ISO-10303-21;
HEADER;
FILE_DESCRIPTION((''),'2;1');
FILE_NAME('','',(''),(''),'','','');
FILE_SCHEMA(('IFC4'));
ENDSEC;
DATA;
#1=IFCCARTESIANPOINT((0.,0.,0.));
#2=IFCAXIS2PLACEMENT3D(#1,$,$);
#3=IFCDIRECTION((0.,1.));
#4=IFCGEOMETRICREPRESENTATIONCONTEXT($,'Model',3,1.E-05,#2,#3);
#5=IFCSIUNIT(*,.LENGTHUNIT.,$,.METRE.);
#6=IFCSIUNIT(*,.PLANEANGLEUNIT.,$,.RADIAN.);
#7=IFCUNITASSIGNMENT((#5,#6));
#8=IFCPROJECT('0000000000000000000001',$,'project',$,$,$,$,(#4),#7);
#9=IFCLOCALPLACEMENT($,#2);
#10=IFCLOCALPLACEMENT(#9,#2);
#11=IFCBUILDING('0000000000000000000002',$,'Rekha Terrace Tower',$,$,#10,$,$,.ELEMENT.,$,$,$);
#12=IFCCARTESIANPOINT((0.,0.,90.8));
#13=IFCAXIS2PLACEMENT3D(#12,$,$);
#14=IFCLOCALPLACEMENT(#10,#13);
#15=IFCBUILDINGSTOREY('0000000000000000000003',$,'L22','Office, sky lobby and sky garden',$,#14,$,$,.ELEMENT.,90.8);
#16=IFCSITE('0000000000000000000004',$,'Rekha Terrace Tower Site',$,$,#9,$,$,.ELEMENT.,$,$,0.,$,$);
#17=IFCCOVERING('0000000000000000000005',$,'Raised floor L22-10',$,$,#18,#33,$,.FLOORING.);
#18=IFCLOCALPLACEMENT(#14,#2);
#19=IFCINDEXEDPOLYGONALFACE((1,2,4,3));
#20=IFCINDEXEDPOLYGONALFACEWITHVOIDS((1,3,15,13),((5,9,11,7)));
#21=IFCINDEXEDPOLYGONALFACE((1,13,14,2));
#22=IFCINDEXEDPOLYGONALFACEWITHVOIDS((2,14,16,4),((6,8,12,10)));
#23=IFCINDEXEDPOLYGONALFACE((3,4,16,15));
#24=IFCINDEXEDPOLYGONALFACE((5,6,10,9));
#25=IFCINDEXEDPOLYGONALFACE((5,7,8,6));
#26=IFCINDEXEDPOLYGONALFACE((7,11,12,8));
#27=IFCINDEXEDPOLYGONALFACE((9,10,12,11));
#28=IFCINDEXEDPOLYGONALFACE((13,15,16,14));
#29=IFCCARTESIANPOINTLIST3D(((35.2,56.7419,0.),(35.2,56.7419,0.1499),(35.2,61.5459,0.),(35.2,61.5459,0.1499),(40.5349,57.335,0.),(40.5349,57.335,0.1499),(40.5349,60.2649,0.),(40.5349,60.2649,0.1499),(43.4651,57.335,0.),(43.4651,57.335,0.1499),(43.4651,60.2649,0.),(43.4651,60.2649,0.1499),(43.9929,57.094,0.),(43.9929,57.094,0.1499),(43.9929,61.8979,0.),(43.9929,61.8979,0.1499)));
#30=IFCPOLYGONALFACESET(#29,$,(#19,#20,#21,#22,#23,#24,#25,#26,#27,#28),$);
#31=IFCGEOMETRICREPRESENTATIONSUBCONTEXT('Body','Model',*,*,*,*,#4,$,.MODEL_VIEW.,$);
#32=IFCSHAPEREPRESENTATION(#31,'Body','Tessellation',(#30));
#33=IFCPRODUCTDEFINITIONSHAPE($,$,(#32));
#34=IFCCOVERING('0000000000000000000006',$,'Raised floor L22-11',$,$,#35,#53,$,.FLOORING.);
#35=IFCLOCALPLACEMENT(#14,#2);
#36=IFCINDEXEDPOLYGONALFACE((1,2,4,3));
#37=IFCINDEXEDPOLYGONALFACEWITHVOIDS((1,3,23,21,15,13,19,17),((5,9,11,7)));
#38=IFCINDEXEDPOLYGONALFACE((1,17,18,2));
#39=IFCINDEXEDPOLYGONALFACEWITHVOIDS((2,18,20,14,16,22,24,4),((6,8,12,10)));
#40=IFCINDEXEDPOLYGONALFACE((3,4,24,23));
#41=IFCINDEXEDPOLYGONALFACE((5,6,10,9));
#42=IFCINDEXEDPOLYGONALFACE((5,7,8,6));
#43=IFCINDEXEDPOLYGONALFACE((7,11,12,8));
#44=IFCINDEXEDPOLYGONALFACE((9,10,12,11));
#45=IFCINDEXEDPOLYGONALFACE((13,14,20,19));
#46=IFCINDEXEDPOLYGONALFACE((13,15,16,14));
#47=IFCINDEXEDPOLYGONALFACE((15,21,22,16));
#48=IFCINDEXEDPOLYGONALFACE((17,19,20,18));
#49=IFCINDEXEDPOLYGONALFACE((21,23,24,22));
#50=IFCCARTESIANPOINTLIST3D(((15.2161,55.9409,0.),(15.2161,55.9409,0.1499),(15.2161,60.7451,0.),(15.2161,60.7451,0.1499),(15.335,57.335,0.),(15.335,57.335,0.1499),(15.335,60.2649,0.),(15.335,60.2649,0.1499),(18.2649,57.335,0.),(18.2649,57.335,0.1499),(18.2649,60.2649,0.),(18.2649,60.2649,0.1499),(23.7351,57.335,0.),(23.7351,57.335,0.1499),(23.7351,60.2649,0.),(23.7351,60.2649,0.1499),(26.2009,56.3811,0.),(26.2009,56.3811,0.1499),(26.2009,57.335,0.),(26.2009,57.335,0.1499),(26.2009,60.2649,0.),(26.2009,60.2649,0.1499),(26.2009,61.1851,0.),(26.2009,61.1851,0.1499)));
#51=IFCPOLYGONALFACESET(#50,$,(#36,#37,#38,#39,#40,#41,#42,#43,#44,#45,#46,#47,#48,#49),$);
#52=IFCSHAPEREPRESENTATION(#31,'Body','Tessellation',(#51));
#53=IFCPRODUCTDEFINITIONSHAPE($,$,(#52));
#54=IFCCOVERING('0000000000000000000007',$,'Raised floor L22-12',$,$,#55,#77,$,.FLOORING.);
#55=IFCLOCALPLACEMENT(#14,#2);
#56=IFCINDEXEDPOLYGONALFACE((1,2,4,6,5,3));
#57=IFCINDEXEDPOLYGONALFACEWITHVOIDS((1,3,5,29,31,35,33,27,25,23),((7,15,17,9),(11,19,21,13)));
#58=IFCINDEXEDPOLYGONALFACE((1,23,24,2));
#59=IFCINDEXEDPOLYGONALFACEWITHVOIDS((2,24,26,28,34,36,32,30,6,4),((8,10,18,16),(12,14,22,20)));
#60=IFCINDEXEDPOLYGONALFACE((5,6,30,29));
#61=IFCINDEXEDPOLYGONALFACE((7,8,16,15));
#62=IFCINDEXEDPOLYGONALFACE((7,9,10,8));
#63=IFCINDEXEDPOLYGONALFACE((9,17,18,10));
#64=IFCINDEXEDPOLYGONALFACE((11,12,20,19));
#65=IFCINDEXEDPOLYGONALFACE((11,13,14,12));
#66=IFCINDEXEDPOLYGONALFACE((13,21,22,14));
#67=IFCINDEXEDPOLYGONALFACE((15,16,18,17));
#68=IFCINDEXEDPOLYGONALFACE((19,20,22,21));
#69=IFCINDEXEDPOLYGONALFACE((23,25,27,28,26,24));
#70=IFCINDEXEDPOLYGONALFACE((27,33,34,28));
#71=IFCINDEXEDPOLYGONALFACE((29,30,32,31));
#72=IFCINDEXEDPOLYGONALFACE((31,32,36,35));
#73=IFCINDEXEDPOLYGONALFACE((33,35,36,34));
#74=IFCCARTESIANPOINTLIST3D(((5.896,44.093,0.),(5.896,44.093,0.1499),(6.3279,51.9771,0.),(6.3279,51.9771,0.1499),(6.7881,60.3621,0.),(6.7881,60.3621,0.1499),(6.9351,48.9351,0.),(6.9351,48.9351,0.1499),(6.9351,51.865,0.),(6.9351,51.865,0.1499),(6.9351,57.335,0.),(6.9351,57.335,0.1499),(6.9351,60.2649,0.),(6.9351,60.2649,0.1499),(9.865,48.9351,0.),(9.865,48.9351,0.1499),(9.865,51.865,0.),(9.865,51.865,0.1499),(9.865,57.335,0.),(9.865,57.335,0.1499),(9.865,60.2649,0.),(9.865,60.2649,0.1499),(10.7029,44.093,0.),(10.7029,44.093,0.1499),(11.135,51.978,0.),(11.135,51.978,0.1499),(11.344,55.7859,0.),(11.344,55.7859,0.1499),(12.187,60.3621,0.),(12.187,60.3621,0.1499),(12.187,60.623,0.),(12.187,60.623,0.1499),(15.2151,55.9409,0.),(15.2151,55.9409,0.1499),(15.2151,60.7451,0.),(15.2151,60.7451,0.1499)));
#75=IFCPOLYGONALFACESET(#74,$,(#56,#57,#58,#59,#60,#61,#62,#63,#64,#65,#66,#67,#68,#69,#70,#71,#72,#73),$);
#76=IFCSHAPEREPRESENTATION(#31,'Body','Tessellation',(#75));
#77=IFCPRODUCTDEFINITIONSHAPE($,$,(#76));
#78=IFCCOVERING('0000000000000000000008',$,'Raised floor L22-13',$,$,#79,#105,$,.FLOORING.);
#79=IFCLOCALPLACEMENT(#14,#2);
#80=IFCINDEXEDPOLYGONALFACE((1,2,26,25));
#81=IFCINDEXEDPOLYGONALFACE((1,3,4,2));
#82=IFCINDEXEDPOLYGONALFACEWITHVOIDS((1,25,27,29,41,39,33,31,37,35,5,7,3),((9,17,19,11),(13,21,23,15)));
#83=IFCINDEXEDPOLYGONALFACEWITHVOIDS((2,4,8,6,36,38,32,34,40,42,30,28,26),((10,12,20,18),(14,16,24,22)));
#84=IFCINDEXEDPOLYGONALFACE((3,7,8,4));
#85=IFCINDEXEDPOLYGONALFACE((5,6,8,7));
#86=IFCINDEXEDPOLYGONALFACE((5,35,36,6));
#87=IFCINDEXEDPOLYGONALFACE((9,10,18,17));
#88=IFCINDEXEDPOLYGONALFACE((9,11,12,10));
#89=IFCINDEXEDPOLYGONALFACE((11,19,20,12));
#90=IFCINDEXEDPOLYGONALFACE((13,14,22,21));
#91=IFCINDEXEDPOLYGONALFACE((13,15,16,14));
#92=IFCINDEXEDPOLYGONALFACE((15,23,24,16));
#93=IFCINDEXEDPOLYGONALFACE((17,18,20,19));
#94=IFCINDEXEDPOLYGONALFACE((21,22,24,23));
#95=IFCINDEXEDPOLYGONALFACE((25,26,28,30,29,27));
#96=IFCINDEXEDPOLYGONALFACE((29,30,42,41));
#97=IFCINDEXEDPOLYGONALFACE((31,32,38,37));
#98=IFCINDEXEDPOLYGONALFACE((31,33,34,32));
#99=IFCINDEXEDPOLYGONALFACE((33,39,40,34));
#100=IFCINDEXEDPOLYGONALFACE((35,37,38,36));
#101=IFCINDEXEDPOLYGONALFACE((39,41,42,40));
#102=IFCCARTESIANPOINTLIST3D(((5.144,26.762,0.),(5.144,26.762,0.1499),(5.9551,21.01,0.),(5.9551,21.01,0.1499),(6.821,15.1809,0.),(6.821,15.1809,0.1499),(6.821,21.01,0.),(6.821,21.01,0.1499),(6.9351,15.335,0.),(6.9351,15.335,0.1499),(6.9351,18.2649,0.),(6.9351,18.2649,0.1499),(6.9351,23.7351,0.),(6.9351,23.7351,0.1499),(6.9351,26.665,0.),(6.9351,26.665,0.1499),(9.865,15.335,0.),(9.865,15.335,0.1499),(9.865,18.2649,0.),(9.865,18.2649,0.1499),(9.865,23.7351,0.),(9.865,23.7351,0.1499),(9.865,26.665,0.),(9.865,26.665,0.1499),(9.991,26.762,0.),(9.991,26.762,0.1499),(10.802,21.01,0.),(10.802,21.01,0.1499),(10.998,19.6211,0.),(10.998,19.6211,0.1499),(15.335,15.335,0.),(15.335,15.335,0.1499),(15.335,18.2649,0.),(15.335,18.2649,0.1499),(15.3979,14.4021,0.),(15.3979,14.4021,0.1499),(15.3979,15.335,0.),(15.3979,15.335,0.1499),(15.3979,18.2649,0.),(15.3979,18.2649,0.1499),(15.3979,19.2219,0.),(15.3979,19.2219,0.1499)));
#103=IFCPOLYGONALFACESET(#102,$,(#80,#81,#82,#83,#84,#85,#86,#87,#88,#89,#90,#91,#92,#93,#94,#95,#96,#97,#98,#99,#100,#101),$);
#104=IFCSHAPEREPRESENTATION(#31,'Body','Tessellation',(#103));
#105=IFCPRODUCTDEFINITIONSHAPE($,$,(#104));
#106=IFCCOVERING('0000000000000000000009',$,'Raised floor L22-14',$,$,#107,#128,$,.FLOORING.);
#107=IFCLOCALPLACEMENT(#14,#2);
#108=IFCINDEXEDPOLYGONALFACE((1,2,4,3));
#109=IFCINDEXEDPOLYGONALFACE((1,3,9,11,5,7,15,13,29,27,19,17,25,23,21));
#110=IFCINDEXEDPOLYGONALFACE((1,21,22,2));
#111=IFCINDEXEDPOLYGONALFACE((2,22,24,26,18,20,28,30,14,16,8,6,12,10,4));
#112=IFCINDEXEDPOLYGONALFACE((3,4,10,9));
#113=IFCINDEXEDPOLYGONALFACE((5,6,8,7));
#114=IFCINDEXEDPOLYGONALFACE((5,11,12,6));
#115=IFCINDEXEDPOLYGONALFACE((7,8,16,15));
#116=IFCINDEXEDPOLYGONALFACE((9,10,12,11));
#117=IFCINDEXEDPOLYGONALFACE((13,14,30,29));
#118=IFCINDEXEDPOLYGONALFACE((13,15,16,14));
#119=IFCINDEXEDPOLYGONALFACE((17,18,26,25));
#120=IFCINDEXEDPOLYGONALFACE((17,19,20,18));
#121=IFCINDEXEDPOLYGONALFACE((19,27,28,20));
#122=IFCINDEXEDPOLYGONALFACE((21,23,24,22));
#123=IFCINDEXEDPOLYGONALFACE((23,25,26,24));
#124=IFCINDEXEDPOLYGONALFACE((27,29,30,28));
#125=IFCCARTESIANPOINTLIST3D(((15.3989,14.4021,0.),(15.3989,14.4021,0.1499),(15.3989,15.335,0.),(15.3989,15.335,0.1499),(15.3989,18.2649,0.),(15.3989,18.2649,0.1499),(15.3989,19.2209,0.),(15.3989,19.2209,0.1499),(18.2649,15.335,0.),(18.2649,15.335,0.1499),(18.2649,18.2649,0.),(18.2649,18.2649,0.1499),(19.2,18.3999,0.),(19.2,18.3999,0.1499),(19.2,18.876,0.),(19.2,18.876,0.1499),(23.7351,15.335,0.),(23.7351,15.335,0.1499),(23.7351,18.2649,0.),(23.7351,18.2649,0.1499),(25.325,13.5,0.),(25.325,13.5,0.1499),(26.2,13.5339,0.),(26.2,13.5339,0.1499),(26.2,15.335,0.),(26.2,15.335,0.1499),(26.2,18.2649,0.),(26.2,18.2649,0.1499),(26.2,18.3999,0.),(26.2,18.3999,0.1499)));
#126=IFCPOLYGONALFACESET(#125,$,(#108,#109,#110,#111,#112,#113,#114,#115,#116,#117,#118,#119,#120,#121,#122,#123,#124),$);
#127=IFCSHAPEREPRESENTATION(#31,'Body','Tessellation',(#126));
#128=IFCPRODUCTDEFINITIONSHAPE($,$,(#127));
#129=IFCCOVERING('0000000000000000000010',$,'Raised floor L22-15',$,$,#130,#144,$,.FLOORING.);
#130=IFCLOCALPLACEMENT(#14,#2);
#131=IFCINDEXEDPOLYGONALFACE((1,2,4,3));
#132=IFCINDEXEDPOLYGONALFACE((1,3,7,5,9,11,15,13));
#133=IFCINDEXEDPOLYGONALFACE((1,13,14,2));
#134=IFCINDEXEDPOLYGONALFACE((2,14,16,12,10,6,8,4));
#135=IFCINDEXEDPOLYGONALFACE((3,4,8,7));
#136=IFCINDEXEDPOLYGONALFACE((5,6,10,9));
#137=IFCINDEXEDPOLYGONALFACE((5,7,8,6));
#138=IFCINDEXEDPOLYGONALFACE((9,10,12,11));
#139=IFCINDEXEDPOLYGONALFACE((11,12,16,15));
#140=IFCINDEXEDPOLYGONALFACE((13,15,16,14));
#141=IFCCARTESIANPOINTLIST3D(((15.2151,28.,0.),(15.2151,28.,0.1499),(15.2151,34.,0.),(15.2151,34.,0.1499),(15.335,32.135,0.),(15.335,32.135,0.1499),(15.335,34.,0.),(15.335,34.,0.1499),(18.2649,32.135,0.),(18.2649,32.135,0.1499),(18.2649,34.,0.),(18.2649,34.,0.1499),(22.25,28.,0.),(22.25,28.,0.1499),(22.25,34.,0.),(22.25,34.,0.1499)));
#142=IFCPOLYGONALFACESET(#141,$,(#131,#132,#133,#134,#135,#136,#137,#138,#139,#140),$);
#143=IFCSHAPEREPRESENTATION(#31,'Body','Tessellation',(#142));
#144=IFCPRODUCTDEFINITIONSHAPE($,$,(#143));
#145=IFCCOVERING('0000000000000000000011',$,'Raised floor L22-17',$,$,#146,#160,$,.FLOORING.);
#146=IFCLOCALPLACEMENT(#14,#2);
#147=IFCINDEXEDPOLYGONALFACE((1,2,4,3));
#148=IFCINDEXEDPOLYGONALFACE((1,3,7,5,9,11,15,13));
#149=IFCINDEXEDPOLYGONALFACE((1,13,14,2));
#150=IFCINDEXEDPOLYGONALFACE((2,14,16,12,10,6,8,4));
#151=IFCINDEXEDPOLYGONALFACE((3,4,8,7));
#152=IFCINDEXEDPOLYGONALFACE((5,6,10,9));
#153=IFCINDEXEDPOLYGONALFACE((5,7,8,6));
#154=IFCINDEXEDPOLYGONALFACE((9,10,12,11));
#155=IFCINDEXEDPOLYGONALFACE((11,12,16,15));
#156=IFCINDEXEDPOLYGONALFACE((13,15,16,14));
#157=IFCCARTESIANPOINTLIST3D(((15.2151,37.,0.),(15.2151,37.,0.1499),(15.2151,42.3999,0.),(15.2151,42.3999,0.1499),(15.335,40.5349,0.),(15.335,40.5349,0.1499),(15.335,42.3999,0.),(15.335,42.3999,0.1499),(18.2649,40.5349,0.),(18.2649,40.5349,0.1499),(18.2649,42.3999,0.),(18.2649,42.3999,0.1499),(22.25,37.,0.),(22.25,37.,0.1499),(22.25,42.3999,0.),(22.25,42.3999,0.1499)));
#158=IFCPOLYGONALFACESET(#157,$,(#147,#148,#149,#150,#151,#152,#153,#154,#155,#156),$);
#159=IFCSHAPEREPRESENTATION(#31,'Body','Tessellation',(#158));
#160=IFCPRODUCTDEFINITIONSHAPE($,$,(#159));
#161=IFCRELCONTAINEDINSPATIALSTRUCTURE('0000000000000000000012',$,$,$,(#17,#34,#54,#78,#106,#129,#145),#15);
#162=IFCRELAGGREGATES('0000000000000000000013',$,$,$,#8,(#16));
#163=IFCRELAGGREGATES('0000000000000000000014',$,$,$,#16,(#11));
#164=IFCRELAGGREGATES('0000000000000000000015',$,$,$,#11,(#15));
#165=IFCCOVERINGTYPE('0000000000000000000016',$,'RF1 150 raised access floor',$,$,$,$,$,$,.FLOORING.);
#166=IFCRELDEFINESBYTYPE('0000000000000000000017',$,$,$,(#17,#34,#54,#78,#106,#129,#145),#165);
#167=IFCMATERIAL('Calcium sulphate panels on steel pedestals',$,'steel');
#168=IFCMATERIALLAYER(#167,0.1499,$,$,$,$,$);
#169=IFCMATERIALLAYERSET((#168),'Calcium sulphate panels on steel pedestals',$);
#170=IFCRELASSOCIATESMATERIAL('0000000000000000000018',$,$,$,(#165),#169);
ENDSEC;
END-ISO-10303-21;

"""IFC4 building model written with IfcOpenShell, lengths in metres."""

from ifc_helpers import new_model, si_unit, direction, frame, origin, place, context, subcontext, project, spatial, polyline, outline, extrude, material, layer, layer_set, type_object, element, save


model = new_model("IFC4")

# Units and contexts
model_context = context("Model", 3, precision=1e-05, world=origin(), true_north=direction((0.0, 1.0)))
body_context = subcontext(model_context, "Body", "Model", "MODEL_VIEW")
ifc_project = project(units=[si_unit("LENGTHUNIT", "METRE"), si_unit("PLANEANGLEUNIT", "RADIAN")], contexts=[model_context])

# Site, building, storey
site_placement = place(None, origin())
site = spatial("IfcSite", under=ifc_project, at=site_placement, Name="Rekha Terrace Tower Site", CompositionType="ELEMENT", RefElevation=0.0)
building_placement = place(site_placement, origin())
building = spatial("IfcBuilding", under=site, at=building_placement, Name="Rekha Terrace Tower", CompositionType="ELEMENT")
storey_placement = place(building_placement, frame((0.0, 0.0, 90.8)))
storey = spatial("IfcBuildingStorey", under=building, at=storey_placement, Name="L22", Description="Office, sky lobby and sky garden", CompositionType="ELEMENT", Elevation=90.8)

# Coverings
ifc_material_1 = material(Name="Calcium sulphate panels on steel pedestals", Category="steel")
ifc_layer_1 = layer(ifc_material_1, 0.1499)
ifc_layer_set_1 = layer_set([ifc_layer_1], Name="Calcium sulphate panels on steel pedestals")
covering_type_1 = type_object("IfcCoveringType", Name="RF1 150 raised access floor", PredefinedType="FLOORING", material=ifc_layer_set_1)
covering_1_placement = place(storey_placement, origin())
element("IfcCovering", 1, at=covering_1_placement, inside=storey, type_object=covering_type_1, Name="Raised floor L22-10", PredefinedType="FLOORING", context=body_context, shape_type="SweptSolid", body=[
    extrude(outline(polyline([(43.9929, 61.8979), (35.2, 61.5459), (35.2, 56.7419), (43.9929, 57.094), (43.9929, 61.8979)]), holes=[polyline([(43.4651, 57.335), (40.5349, 57.335), (40.5349, 60.2649), (43.4651, 60.2649), (43.4651, 57.335)])]), origin(), (0.0, 0.0, 1.0), 0.1499),
])
covering_2_placement = place(storey_placement, origin())
element("IfcCovering", 2, at=covering_2_placement, inside=storey, type_object=covering_type_1, Name="Raised floor L22-11", PredefinedType="FLOORING", context=body_context, shape_type="SweptSolid", body=[
    extrude(outline(polyline([(15.2161, 60.7451), (15.2161, 55.9409), (26.2009, 56.3811), (26.2009, 57.335), (23.7351, 57.335), (23.7351, 60.2649), (26.2009, 60.2649), (26.2009, 61.1851), (15.2161, 60.7451)]), holes=[polyline([(18.2649, 57.335), (15.335, 57.335), (15.335, 60.2649), (18.2649, 60.2649), (18.2649, 57.335)])]), origin(), (0.0, 0.0, 1.0), 0.1499),
])
covering_3_placement = place(storey_placement, origin())
element("IfcCovering", 3, at=covering_3_placement, inside=storey, type_object=covering_type_1, Name="Raised floor L22-12", PredefinedType="FLOORING", context=body_context, shape_type="SweptSolid", body=[
    extrude(outline(polyline([(12.187, 60.623), (12.187, 60.3621), (6.7881, 60.3621), (6.3279, 51.9771), (5.896, 44.093), (10.7029, 44.093), (11.135, 51.978), (11.344, 55.7859), (15.2151, 55.9409), (15.2151, 60.7451), (12.187, 60.623)]), holes=[polyline([(9.865, 51.865), (9.865, 48.9351), (6.9351, 48.9351), (6.9351, 51.865), (9.865, 51.865)]), polyline([(9.865, 60.2649), (9.865, 57.335), (6.9351, 57.335), (6.9351, 60.2649), (9.865, 60.2649)])]), origin(), (0.0, 0.0, 1.0), 0.1499),
])
covering_4_placement = place(storey_placement, origin())
element("IfcCovering", 4, at=covering_4_placement, inside=storey, type_object=covering_type_1, Name="Raised floor L22-13", PredefinedType="FLOORING", context=body_context, shape_type="SweptSolid", body=[
    extrude(outline(polyline([(10.998, 19.6211), (10.802, 21.01), (9.991, 26.762), (5.144, 26.762), (5.9551, 21.01), (6.821, 21.01), (6.821, 15.1809), (15.3979, 14.4021), (15.3979, 15.335), (15.335, 15.335), (15.335, 18.2649), (15.3979, 18.2649), (15.3979, 19.2219), (10.998, 19.6211)]), holes=[polyline([(9.865, 15.335), (6.9351, 15.335), (6.9351, 18.2649), (9.865, 18.2649), (9.865, 15.335)]), polyline([(9.865, 23.7351), (6.9351, 23.7351), (6.9351, 26.665), (9.865, 26.665), (9.865, 23.7351)])]), origin(), (0.0, 0.0, 1.0), 0.1499),
])
covering_5_placement = place(storey_placement, origin())
element("IfcCovering", 5, at=covering_5_placement, inside=storey, type_object=covering_type_1, Name="Raised floor L22-14", PredefinedType="FLOORING", context=body_context, shape_type="SweptSolid", body=[
    extrude(outline(polyline([(15.3989, 14.4021), (25.325, 13.5), (26.2, 13.5339), (26.2, 15.335), (23.7351, 15.335), (23.7351, 18.2649), (26.2, 18.2649), (26.2, 18.3999), (19.2, 18.3999), (19.2, 18.876), (15.3989, 19.2209), (15.3989, 18.2649), (18.2649, 18.2649), (18.2649, 15.335), (15.3989, 15.335), (15.3989, 14.4021)])), origin(), (0.0, 0.0, 1.0), 0.1499),
])
covering_6_placement = place(storey_placement, origin())
element("IfcCovering", 6, at=covering_6_placement, inside=storey, type_object=covering_type_1, Name="Raised floor L22-15", PredefinedType="FLOORING", context=body_context, shape_type="SweptSolid", body=[
    extrude(outline(polyline([(15.335, 34.0), (15.2151, 34.0), (15.2151, 28.0), (22.25, 28.0), (22.25, 34.0), (18.2649, 34.0), (18.2649, 32.135), (15.335, 32.135), (15.335, 34.0)])), origin(), (0.0, 0.0, 1.0), 0.1499),
])
covering_7_placement = place(storey_placement, origin())
element("IfcCovering", 7, at=covering_7_placement, inside=storey, type_object=covering_type_1, Name="Raised floor L22-17", PredefinedType="FLOORING", context=body_context, shape_type="SweptSolid", body=[
    extrude(outline(polyline([(15.335, 42.3999), (15.2151, 42.3999), (15.2151, 37.0), (22.25, 37.0), (22.25, 42.3999), (18.2649, 42.3999), (18.2649, 40.5349), (15.335, 40.5349), (15.335, 42.3999)])), origin(), (0.0, 0.0, 1.0), 0.1499),
])

save(model, "model.ifc")
